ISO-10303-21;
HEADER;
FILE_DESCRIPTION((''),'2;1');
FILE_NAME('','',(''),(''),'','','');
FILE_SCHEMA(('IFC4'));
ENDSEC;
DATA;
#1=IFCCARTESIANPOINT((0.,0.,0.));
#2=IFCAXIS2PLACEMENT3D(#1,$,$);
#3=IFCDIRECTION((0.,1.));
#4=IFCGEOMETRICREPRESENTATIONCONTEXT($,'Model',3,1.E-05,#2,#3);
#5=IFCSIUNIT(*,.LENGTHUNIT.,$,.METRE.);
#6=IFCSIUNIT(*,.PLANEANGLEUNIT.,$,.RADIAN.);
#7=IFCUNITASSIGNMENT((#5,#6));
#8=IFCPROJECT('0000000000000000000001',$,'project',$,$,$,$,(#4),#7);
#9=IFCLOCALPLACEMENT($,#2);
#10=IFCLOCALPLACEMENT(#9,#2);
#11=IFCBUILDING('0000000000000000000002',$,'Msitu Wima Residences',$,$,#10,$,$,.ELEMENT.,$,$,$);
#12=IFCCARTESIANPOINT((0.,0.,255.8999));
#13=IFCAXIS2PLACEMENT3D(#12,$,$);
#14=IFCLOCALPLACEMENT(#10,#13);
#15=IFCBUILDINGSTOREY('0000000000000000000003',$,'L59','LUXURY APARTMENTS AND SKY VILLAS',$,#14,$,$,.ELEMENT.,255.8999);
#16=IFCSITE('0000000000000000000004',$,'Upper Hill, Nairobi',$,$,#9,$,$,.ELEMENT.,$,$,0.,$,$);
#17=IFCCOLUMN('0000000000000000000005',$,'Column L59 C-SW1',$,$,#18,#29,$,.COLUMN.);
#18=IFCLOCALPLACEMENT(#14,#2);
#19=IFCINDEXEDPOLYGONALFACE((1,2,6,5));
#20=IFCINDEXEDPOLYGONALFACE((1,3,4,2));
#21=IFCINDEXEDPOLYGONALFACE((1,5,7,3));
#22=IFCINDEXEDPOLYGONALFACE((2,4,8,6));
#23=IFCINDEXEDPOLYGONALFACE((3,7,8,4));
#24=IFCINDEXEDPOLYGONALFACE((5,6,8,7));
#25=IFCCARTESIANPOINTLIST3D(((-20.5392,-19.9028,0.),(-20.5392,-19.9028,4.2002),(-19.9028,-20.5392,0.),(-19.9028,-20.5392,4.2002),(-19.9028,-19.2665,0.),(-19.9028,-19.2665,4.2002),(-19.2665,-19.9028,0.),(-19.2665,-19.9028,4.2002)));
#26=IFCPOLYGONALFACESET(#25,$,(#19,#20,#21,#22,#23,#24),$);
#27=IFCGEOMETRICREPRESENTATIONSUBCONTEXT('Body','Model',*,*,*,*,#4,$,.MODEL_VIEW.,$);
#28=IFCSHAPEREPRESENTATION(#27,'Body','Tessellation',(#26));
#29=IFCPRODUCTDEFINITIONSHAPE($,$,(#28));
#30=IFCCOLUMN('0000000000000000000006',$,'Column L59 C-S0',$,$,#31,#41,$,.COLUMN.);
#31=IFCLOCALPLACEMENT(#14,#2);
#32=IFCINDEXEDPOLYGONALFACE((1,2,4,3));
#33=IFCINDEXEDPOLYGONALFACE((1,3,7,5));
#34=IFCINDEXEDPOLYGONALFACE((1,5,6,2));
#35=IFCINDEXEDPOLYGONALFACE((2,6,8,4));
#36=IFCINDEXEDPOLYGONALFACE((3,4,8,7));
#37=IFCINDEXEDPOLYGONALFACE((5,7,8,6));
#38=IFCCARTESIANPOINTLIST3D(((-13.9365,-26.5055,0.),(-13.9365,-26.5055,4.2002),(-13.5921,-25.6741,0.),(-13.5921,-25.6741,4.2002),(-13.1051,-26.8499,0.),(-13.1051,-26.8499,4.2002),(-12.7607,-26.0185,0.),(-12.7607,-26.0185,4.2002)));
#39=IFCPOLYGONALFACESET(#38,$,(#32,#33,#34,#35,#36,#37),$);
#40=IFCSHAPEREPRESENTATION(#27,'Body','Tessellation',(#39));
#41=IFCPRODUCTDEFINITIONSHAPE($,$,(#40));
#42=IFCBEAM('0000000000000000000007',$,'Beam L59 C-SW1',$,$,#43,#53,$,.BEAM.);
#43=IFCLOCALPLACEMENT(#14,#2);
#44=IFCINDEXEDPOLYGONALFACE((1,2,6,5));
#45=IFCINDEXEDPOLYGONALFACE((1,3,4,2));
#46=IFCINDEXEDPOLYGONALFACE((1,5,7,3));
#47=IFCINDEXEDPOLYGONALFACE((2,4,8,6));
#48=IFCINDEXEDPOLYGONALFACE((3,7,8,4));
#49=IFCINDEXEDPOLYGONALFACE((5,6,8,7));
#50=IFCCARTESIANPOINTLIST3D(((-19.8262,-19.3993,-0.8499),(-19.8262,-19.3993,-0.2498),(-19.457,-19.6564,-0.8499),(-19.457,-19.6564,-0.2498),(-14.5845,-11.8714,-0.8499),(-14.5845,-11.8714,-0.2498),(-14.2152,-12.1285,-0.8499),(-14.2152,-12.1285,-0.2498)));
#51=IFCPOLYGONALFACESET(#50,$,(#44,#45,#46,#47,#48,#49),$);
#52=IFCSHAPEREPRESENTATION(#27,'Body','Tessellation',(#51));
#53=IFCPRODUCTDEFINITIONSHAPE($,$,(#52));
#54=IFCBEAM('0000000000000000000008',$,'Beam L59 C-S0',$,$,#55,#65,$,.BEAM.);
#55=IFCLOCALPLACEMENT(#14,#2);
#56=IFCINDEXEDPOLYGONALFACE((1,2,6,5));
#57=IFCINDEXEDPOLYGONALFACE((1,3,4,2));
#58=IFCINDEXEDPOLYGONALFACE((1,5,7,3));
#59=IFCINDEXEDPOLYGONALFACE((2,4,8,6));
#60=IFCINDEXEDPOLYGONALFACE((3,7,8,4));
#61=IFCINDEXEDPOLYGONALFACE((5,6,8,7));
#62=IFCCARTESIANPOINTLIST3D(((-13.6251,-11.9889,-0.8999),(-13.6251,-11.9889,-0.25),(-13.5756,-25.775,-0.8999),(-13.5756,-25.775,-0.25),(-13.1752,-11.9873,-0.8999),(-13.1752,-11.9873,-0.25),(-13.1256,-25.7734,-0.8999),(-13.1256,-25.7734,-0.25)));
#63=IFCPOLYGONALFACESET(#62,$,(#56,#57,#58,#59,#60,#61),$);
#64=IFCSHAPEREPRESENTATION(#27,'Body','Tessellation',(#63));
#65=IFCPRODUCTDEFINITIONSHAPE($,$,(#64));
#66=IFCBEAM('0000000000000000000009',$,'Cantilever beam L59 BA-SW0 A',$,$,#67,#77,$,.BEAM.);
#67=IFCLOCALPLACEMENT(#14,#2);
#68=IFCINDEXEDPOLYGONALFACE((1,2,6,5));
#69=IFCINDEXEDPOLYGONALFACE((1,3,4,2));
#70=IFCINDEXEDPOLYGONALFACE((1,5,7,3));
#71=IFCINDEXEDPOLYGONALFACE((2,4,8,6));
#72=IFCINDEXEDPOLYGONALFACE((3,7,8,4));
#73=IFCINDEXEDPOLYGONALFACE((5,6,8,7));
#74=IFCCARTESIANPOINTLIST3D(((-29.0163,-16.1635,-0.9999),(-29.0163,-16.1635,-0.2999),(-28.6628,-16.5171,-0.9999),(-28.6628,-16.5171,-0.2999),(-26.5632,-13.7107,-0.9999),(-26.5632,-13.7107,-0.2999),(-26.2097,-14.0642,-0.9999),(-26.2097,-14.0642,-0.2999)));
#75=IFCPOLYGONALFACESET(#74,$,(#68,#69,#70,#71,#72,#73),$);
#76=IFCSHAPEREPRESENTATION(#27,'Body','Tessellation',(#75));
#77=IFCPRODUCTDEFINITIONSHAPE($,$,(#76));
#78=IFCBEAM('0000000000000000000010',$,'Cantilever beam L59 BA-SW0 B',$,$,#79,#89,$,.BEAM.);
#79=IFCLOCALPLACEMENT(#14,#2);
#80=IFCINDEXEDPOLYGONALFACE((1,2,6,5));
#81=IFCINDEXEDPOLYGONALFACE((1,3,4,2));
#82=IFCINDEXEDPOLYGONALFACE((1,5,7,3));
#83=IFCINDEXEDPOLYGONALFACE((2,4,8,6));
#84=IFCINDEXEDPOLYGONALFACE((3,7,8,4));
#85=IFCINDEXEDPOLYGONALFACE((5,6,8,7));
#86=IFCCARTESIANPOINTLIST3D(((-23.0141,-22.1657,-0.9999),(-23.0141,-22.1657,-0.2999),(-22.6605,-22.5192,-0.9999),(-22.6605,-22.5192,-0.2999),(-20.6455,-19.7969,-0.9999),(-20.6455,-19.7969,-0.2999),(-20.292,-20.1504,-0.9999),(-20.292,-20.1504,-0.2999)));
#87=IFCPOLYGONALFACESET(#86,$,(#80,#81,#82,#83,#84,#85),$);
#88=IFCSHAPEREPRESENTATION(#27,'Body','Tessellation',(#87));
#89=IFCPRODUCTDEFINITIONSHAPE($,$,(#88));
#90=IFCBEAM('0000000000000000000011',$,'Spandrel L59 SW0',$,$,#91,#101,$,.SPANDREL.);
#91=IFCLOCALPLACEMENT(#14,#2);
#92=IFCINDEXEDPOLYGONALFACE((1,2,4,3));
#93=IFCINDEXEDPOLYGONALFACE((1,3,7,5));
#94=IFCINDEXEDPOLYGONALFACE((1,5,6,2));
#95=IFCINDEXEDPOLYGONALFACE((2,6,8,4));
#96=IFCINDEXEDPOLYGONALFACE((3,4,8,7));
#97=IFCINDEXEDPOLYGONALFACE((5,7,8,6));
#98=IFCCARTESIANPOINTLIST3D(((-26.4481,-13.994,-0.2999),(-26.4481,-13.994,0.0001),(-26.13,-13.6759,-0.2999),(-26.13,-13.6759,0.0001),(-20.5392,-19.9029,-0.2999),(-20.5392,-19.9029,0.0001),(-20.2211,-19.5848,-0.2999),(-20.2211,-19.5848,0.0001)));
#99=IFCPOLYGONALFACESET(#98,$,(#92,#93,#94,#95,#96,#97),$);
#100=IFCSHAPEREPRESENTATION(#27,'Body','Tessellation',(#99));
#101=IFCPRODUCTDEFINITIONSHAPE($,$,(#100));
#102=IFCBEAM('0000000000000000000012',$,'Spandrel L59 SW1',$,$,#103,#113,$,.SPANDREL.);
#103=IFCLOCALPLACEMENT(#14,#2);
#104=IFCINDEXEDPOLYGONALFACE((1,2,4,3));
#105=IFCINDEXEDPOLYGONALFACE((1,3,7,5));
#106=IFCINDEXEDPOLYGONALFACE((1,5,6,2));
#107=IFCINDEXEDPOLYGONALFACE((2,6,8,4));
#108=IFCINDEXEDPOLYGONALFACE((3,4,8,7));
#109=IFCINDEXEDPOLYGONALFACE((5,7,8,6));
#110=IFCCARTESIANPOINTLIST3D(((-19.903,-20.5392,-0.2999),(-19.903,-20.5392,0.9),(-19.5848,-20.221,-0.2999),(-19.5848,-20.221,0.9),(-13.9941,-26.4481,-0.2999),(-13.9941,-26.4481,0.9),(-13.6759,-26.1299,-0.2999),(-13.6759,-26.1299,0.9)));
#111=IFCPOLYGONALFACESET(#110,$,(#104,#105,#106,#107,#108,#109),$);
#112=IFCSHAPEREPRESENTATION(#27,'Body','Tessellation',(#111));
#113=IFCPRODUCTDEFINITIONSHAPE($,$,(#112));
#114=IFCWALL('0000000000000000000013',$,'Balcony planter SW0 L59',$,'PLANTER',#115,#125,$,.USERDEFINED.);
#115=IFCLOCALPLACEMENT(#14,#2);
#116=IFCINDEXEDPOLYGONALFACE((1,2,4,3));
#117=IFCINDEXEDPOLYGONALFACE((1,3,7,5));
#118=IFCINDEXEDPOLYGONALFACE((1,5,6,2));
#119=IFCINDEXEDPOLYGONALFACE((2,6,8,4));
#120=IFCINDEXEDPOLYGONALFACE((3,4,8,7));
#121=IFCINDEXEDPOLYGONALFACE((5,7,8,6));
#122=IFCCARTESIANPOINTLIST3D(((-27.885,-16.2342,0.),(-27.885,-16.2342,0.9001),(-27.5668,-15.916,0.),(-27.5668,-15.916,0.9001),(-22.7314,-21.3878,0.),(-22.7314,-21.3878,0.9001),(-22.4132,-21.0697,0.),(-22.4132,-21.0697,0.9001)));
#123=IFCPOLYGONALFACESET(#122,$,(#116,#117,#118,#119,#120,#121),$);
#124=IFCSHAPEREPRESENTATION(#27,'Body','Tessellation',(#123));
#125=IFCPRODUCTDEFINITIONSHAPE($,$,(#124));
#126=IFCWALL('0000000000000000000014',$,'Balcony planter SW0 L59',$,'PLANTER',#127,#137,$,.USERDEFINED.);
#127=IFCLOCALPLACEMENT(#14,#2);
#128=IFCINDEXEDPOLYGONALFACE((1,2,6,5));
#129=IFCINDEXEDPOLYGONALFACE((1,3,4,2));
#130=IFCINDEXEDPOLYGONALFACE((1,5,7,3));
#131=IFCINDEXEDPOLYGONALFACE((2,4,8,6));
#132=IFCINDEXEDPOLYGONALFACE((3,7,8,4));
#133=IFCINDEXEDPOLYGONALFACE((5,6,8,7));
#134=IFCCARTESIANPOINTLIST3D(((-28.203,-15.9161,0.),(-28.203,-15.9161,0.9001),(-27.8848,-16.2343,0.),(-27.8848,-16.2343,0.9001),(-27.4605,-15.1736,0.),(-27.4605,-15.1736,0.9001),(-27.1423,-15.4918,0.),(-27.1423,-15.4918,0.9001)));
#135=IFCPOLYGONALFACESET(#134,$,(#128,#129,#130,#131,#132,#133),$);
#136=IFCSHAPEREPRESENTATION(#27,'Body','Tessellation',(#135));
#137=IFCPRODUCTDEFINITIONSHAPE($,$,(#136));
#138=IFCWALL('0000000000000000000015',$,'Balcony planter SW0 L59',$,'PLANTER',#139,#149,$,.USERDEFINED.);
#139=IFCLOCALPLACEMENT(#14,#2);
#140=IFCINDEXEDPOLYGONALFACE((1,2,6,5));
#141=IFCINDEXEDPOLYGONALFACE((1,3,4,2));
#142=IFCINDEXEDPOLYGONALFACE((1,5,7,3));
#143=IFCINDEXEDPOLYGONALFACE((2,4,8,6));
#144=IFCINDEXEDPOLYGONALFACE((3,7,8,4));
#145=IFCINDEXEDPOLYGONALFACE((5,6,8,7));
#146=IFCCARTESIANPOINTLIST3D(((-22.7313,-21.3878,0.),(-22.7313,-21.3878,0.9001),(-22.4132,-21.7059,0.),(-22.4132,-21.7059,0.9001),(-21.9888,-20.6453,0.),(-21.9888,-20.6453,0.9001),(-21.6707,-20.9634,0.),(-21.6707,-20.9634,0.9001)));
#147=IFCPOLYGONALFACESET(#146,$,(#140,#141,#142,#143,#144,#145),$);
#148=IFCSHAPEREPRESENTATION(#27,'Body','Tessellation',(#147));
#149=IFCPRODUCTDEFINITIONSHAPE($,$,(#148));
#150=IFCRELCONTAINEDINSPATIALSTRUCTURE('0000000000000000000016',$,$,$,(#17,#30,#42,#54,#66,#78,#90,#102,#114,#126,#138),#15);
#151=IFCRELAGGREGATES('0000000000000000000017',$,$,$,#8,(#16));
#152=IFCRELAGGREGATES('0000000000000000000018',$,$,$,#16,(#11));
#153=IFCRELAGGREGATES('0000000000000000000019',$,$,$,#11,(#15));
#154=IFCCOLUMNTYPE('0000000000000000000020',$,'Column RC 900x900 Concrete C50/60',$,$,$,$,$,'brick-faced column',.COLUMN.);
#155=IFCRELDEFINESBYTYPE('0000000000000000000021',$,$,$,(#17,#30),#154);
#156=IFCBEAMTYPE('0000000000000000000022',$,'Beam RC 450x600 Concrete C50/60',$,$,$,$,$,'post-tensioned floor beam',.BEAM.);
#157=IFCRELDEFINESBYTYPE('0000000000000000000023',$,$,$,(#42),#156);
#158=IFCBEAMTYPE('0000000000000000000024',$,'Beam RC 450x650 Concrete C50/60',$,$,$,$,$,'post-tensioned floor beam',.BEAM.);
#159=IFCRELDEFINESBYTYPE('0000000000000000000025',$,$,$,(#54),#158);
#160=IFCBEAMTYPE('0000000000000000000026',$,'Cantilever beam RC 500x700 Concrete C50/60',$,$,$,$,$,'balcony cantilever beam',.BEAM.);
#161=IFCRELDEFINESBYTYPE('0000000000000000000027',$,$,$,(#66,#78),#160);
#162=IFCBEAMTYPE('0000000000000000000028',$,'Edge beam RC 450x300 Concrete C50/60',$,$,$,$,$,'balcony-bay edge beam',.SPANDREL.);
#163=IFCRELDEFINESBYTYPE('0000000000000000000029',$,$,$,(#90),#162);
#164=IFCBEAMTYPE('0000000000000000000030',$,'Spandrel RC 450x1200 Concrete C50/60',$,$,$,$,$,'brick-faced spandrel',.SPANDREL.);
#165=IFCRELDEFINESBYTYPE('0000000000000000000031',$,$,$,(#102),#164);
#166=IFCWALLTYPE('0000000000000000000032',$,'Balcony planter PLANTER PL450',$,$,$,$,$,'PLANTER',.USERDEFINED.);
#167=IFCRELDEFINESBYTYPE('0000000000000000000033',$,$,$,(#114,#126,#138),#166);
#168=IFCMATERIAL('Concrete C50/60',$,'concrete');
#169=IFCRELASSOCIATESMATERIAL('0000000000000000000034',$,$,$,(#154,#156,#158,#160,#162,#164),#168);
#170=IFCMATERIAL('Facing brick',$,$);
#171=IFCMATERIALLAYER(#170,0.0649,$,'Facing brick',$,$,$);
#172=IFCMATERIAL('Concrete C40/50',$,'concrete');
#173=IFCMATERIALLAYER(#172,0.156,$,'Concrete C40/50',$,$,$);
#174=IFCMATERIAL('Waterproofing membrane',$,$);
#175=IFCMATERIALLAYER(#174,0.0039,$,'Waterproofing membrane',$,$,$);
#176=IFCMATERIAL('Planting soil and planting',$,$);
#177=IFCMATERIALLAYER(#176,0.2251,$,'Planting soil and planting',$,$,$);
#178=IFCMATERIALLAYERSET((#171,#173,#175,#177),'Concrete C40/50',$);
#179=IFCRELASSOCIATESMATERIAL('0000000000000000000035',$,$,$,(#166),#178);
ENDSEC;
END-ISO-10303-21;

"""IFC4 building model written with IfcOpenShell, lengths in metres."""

from ifc_helpers import new_model, si_unit, direction, frame, frame_2d, origin, origin_2d, place, context, subcontext, project, spatial, rectangle, extrude, material, layer, layer_set, material_profile, profile_set, type_object, element, save


model = new_model("IFC4")

# Units and contexts
model_context = context("Model", 3, precision=1e-05, world=origin(), true_north=direction((0.0, 1.0)))
body_context = subcontext(model_context, "Body", "Model", "MODEL_VIEW")
ifc_project = project(units=[si_unit("LENGTHUNIT", "METRE"), si_unit("PLANEANGLEUNIT", "RADIAN")], contexts=[model_context])

# Site, building, storey
site_placement = place(None, origin())
site = spatial("IfcSite", under=ifc_project, at=site_placement, Name="Upper Hill, Nairobi", CompositionType="ELEMENT", RefElevation=0.0)
building_placement = place(site_placement, origin())
building = spatial("IfcBuilding", under=site, at=building_placement, Name="Msitu Wima Residences", CompositionType="ELEMENT")
storey_placement = place(building_placement, frame((0.0, 0.0, 255.8999)))
storey = spatial("IfcBuildingStorey", under=building, at=storey_placement, Name="L59", Description="LUXURY APARTMENTS AND SKY VILLAS", CompositionType="ELEMENT", Elevation=255.8999)

# Columns
ifc_material_1 = material(Name="Concrete C50/60", Category="concrete")
ifc_material_profile_1 = material_profile(ifc_material_1, rectangle(XDim=0.8999, YDim=0.8999, at=origin_2d()), Name="RC 900x900")
ifc_profile_set_1 = profile_set([ifc_material_profile_1], Name="Concrete C50/60")
column_type = type_object("IfcColumnType", Name="Column RC 900x900 Concrete C50/60", ElementType="brick-faced column", PredefinedType="COLUMN", material=ifc_profile_set_1)
for number, where, z_axis, x_axis, name in (
    (1, (-19.9028, -19.9028, 0.0), (0.0, 0.0, 1.0), (0.707107, -0.707107, 0.0), "Column L59 C-SW1"),
    (2, (-13.3486, -26.262, 0.0), (0.0, 0.0, 1.0), (0.92388, -0.382683, 0.0), "Column L59 C-S0"),
):
    element("IfcColumn", number, at=place(storey_placement, frame(where, z_axis=z_axis, x_axis=x_axis)), inside=storey, type_object=column_type, Name=name, PredefinedType="COLUMN", context=body_context, shape_type="SweptSolid", body=[
        extrude(rectangle(XDim=0.8999, YDim=0.8999, at=origin_2d()), origin(), (0.0, 0.0, 1.0), 4.2002),
    ])

# Beams
ifc_material_profile_2 = material_profile(ifc_material_1, rectangle(XDim=0.45, YDim=0.6001, at=origin_2d()), Name="RC 450x600")
ifc_profile_set_2 = profile_set([ifc_material_profile_2], Name="Concrete C50/60")
beam_type_1 = type_object("IfcBeamType", Name="Beam RC 450x600 Concrete C50/60", ElementType="post-tensioned floor beam", PredefinedType="BEAM", material=ifc_profile_set_2)
beam_1_placement = place(storey_placement, frame((-19.6416, -19.5278, -0.5498), z_axis=(0.571428, 0.820652, 0.0), x_axis=(-0.820652, 0.571428, 0.0)))
element("IfcBeam", 3, at=beam_1_placement, inside=storey, type_object=beam_type_1, Name="Beam L59 C-SW1", PredefinedType="BEAM", context=body_context, shape_type="SweptSolid", body=[
    extrude(rectangle(XDim=0.45, YDim=0.6001, at=origin_2d()), origin(), (0.0, 0.0, 1.0), 9.1731),
])
ifc_material_profile_3 = material_profile(ifc_material_1, rectangle(XDim=0.45, YDim=0.6499, at=origin_2d()), Name="RC 450x650")
ifc_profile_set_3 = profile_set([ifc_material_profile_3], Name="Concrete C50/60")
beam_type_2 = type_object("IfcBeamType", Name="Beam RC 450x650 Concrete C50/60", ElementType="post-tensioned floor beam", PredefinedType="BEAM", material=ifc_profile_set_3)
beam_2_placement = place(storey_placement, frame((-13.3506, -25.7742, -0.575), z_axis=(-0.003595, 0.999994, 0.0), x_axis=(-0.999994, -0.003595, 0.0)))
element("IfcBeam", 4, at=beam_2_placement, inside=storey, type_object=beam_type_2, Name="Beam L59 C-S0", PredefinedType="BEAM", context=body_context, shape_type="SweptSolid", body=[
    extrude(rectangle(XDim=0.45, YDim=0.6499, at=origin_2d()), origin(), (0.0, 0.0, 1.0), 13.7861),
])
ifc_material_profile_4 = material_profile(ifc_material_1, rectangle(XDim=0.5, YDim=0.7, at=origin_2d()), Name="RC 500x700")
ifc_profile_set_4 = profile_set([ifc_material_profile_4], Name="Concrete C50/60")
beam_type_3 = type_object("IfcBeamType", Name="Cantilever beam RC 500x700 Concrete C50/60", ElementType="balcony cantilever beam", PredefinedType="BEAM", material=ifc_profile_set_4)
beam_3_placement = place(storey_placement, frame((-26.3865, -13.8875, -0.6499), z_axis=(-0.707142, -0.707072, 0.0), x_axis=(0.707072, -0.707142, 0.0)))
element("IfcBeam", 5, at=beam_3_placement, inside=storey, type_object=beam_type_3, Name="Cantilever beam L59 BA-SW0 A", PredefinedType="BEAM", context=body_context, shape_type="SweptSolid", body=[
    extrude(rectangle(XDim=0.5, YDim=0.7, at=origin_2d()), origin(), (0.0, 0.0, 1.0), 3.469),
])
beam_4_placement = place(storey_placement, frame((-20.4688, -19.9736, -0.6499), z_axis=(-0.70707, -0.707143, 0.0), x_axis=(0.707143, -0.70707, 0.0)))
element("IfcBeam", 6, at=beam_4_placement, inside=storey, type_object=beam_type_3, Name="Cantilever beam L59 BA-SW0 B", PredefinedType="BEAM", context=body_context, shape_type="SweptSolid", body=[
    extrude(rectangle(XDim=0.5, YDim=0.7, at=origin_2d()), origin(), (0.0, 0.0, 1.0), 3.3499),
])
ifc_material_profile_5 = material_profile(ifc_material_1, rectangle(XDim=0.45, YDim=0.3, at=origin_2d()), Name="RC 450x300")
ifc_profile_set_5 = profile_set([ifc_material_profile_5], Name="Concrete C50/60")
beam_type_4 = type_object("IfcBeamType", Name="Edge beam RC 450x300 Concrete C50/60", ElementType="balcony-bay edge beam", PredefinedType="SPANDREL", material=ifc_profile_set_5)
beam_5_placement = place(storey_placement, frame((-26.2891, -13.835, -0.1499), z_axis=(0.707107, -0.707107, 0.0), x_axis=(0.707107, 0.707107, 0.0)))
element("IfcBeam", 7, at=beam_5_placement, inside=storey, type_object=beam_type_4, Name="Spandrel L59 SW0", PredefinedType="SPANDREL", context=body_context, shape_type="SweptSolid", body=[
    extrude(rectangle(XDim=0.45, YDim=0.3, at=origin_2d()), origin(), (0.0, 0.0, 1.0), 8.3564),
])
ifc_material_profile_6 = material_profile(ifc_material_1, rectangle(XDim=0.45, YDim=1.2, at=origin_2d()), Name="RC 450x1200")
ifc_profile_set_6 = profile_set([ifc_material_profile_6], Name="Concrete C50/60")
beam_type_5 = type_object("IfcBeamType", Name="Spandrel RC 450x1200 Concrete C50/60", ElementType="brick-faced spandrel", PredefinedType="SPANDREL", material=ifc_profile_set_6)
beam_6_placement = place(storey_placement, frame((-19.7439, -20.3801, 0.3), z_axis=(0.707107, -0.707107, 0.0), x_axis=(0.707107, 0.707107, 0.0)))
element("IfcBeam", 8, at=beam_6_placement, inside=storey, type_object=beam_type_5, Name="Spandrel L59 SW1", PredefinedType="SPANDREL", context=body_context, shape_type="SweptSolid", body=[
    extrude(rectangle(XDim=0.45, YDim=1.2, at=origin_2d()), origin(), (0.0, 0.0, 1.0), 8.3564),
])

# Walls
ifc_material_2 = material(Name="Facing brick")
ifc_layer_1 = layer(ifc_material_2, 0.0649, Name="Facing brick")
ifc_material_3 = material(Name="Concrete C40/50", Category="concrete")
ifc_layer_2 = layer(ifc_material_3, 0.156, Name="Concrete C40/50")
ifc_material_4 = material(Name="Waterproofing membrane")
ifc_layer_3 = layer(ifc_material_4, 0.0039, Name="Waterproofing membrane")
ifc_material_5 = material(Name="Planting soil and planting")
ifc_layer_4 = layer(ifc_material_5, 0.2251, Name="Planting soil and planting")
ifc_layer_set_1 = layer_set([ifc_layer_1, ifc_layer_2, ifc_layer_3, ifc_layer_4], Name="Concrete C40/50")
wall_type_1 = type_object("IfcWallType", Name="Balcony planter PLANTER PL450", ElementType="PLANTER", PredefinedType="USERDEFINED", material=ifc_layer_set_1)
wall_1_placement = place(storey_placement, frame((-27.7258, -16.0752, 0.0), z_axis=(0.0, 0.0, 1.0), x_axis=(0.707107, -0.707107, 0.0)))
element("IfcWall", 9, at=wall_1_placement, inside=storey, type_object=wall_type_1, Name="Balcony planter SW0 L59", ObjectType="PLANTER", PredefinedType="USERDEFINED", context=body_context, shape_type="SweptSolid", body=[
    extrude(rectangle(XDim=7.2883, YDim=0.45, at=frame_2d((3.644, 0.0))), origin(), (0.0, 0.0, 1.0), 0.9001),
])
for number, where, z_axis, x_axis, name in (
    (10, (-27.3015, -15.3328, 0.0), (0.0, 0.0, 1.0), (-0.707107, -0.707107, 0.0), "Balcony planter SW0 L59"),
    (11, (-21.8298, -20.8044, 0.0), (0.0, 0.0, 1.0), (-0.707107, -0.707107, 0.0), "Balcony planter SW0 L59"),
):
    element("IfcWall", number, at=place(storey_placement, frame(where, z_axis=z_axis, x_axis=x_axis)), inside=storey, type_object=wall_type_1, Name=name, ObjectType="PLANTER", PredefinedType="USERDEFINED", context=body_context, shape_type="SweptSolid", body=[
        extrude(rectangle(XDim=1.05, YDim=0.45, at=frame_2d((0.5249, 0.0))), origin(), (0.0, 0.0, 1.0), 0.9001),
    ])

save(model, "model.ifc")
